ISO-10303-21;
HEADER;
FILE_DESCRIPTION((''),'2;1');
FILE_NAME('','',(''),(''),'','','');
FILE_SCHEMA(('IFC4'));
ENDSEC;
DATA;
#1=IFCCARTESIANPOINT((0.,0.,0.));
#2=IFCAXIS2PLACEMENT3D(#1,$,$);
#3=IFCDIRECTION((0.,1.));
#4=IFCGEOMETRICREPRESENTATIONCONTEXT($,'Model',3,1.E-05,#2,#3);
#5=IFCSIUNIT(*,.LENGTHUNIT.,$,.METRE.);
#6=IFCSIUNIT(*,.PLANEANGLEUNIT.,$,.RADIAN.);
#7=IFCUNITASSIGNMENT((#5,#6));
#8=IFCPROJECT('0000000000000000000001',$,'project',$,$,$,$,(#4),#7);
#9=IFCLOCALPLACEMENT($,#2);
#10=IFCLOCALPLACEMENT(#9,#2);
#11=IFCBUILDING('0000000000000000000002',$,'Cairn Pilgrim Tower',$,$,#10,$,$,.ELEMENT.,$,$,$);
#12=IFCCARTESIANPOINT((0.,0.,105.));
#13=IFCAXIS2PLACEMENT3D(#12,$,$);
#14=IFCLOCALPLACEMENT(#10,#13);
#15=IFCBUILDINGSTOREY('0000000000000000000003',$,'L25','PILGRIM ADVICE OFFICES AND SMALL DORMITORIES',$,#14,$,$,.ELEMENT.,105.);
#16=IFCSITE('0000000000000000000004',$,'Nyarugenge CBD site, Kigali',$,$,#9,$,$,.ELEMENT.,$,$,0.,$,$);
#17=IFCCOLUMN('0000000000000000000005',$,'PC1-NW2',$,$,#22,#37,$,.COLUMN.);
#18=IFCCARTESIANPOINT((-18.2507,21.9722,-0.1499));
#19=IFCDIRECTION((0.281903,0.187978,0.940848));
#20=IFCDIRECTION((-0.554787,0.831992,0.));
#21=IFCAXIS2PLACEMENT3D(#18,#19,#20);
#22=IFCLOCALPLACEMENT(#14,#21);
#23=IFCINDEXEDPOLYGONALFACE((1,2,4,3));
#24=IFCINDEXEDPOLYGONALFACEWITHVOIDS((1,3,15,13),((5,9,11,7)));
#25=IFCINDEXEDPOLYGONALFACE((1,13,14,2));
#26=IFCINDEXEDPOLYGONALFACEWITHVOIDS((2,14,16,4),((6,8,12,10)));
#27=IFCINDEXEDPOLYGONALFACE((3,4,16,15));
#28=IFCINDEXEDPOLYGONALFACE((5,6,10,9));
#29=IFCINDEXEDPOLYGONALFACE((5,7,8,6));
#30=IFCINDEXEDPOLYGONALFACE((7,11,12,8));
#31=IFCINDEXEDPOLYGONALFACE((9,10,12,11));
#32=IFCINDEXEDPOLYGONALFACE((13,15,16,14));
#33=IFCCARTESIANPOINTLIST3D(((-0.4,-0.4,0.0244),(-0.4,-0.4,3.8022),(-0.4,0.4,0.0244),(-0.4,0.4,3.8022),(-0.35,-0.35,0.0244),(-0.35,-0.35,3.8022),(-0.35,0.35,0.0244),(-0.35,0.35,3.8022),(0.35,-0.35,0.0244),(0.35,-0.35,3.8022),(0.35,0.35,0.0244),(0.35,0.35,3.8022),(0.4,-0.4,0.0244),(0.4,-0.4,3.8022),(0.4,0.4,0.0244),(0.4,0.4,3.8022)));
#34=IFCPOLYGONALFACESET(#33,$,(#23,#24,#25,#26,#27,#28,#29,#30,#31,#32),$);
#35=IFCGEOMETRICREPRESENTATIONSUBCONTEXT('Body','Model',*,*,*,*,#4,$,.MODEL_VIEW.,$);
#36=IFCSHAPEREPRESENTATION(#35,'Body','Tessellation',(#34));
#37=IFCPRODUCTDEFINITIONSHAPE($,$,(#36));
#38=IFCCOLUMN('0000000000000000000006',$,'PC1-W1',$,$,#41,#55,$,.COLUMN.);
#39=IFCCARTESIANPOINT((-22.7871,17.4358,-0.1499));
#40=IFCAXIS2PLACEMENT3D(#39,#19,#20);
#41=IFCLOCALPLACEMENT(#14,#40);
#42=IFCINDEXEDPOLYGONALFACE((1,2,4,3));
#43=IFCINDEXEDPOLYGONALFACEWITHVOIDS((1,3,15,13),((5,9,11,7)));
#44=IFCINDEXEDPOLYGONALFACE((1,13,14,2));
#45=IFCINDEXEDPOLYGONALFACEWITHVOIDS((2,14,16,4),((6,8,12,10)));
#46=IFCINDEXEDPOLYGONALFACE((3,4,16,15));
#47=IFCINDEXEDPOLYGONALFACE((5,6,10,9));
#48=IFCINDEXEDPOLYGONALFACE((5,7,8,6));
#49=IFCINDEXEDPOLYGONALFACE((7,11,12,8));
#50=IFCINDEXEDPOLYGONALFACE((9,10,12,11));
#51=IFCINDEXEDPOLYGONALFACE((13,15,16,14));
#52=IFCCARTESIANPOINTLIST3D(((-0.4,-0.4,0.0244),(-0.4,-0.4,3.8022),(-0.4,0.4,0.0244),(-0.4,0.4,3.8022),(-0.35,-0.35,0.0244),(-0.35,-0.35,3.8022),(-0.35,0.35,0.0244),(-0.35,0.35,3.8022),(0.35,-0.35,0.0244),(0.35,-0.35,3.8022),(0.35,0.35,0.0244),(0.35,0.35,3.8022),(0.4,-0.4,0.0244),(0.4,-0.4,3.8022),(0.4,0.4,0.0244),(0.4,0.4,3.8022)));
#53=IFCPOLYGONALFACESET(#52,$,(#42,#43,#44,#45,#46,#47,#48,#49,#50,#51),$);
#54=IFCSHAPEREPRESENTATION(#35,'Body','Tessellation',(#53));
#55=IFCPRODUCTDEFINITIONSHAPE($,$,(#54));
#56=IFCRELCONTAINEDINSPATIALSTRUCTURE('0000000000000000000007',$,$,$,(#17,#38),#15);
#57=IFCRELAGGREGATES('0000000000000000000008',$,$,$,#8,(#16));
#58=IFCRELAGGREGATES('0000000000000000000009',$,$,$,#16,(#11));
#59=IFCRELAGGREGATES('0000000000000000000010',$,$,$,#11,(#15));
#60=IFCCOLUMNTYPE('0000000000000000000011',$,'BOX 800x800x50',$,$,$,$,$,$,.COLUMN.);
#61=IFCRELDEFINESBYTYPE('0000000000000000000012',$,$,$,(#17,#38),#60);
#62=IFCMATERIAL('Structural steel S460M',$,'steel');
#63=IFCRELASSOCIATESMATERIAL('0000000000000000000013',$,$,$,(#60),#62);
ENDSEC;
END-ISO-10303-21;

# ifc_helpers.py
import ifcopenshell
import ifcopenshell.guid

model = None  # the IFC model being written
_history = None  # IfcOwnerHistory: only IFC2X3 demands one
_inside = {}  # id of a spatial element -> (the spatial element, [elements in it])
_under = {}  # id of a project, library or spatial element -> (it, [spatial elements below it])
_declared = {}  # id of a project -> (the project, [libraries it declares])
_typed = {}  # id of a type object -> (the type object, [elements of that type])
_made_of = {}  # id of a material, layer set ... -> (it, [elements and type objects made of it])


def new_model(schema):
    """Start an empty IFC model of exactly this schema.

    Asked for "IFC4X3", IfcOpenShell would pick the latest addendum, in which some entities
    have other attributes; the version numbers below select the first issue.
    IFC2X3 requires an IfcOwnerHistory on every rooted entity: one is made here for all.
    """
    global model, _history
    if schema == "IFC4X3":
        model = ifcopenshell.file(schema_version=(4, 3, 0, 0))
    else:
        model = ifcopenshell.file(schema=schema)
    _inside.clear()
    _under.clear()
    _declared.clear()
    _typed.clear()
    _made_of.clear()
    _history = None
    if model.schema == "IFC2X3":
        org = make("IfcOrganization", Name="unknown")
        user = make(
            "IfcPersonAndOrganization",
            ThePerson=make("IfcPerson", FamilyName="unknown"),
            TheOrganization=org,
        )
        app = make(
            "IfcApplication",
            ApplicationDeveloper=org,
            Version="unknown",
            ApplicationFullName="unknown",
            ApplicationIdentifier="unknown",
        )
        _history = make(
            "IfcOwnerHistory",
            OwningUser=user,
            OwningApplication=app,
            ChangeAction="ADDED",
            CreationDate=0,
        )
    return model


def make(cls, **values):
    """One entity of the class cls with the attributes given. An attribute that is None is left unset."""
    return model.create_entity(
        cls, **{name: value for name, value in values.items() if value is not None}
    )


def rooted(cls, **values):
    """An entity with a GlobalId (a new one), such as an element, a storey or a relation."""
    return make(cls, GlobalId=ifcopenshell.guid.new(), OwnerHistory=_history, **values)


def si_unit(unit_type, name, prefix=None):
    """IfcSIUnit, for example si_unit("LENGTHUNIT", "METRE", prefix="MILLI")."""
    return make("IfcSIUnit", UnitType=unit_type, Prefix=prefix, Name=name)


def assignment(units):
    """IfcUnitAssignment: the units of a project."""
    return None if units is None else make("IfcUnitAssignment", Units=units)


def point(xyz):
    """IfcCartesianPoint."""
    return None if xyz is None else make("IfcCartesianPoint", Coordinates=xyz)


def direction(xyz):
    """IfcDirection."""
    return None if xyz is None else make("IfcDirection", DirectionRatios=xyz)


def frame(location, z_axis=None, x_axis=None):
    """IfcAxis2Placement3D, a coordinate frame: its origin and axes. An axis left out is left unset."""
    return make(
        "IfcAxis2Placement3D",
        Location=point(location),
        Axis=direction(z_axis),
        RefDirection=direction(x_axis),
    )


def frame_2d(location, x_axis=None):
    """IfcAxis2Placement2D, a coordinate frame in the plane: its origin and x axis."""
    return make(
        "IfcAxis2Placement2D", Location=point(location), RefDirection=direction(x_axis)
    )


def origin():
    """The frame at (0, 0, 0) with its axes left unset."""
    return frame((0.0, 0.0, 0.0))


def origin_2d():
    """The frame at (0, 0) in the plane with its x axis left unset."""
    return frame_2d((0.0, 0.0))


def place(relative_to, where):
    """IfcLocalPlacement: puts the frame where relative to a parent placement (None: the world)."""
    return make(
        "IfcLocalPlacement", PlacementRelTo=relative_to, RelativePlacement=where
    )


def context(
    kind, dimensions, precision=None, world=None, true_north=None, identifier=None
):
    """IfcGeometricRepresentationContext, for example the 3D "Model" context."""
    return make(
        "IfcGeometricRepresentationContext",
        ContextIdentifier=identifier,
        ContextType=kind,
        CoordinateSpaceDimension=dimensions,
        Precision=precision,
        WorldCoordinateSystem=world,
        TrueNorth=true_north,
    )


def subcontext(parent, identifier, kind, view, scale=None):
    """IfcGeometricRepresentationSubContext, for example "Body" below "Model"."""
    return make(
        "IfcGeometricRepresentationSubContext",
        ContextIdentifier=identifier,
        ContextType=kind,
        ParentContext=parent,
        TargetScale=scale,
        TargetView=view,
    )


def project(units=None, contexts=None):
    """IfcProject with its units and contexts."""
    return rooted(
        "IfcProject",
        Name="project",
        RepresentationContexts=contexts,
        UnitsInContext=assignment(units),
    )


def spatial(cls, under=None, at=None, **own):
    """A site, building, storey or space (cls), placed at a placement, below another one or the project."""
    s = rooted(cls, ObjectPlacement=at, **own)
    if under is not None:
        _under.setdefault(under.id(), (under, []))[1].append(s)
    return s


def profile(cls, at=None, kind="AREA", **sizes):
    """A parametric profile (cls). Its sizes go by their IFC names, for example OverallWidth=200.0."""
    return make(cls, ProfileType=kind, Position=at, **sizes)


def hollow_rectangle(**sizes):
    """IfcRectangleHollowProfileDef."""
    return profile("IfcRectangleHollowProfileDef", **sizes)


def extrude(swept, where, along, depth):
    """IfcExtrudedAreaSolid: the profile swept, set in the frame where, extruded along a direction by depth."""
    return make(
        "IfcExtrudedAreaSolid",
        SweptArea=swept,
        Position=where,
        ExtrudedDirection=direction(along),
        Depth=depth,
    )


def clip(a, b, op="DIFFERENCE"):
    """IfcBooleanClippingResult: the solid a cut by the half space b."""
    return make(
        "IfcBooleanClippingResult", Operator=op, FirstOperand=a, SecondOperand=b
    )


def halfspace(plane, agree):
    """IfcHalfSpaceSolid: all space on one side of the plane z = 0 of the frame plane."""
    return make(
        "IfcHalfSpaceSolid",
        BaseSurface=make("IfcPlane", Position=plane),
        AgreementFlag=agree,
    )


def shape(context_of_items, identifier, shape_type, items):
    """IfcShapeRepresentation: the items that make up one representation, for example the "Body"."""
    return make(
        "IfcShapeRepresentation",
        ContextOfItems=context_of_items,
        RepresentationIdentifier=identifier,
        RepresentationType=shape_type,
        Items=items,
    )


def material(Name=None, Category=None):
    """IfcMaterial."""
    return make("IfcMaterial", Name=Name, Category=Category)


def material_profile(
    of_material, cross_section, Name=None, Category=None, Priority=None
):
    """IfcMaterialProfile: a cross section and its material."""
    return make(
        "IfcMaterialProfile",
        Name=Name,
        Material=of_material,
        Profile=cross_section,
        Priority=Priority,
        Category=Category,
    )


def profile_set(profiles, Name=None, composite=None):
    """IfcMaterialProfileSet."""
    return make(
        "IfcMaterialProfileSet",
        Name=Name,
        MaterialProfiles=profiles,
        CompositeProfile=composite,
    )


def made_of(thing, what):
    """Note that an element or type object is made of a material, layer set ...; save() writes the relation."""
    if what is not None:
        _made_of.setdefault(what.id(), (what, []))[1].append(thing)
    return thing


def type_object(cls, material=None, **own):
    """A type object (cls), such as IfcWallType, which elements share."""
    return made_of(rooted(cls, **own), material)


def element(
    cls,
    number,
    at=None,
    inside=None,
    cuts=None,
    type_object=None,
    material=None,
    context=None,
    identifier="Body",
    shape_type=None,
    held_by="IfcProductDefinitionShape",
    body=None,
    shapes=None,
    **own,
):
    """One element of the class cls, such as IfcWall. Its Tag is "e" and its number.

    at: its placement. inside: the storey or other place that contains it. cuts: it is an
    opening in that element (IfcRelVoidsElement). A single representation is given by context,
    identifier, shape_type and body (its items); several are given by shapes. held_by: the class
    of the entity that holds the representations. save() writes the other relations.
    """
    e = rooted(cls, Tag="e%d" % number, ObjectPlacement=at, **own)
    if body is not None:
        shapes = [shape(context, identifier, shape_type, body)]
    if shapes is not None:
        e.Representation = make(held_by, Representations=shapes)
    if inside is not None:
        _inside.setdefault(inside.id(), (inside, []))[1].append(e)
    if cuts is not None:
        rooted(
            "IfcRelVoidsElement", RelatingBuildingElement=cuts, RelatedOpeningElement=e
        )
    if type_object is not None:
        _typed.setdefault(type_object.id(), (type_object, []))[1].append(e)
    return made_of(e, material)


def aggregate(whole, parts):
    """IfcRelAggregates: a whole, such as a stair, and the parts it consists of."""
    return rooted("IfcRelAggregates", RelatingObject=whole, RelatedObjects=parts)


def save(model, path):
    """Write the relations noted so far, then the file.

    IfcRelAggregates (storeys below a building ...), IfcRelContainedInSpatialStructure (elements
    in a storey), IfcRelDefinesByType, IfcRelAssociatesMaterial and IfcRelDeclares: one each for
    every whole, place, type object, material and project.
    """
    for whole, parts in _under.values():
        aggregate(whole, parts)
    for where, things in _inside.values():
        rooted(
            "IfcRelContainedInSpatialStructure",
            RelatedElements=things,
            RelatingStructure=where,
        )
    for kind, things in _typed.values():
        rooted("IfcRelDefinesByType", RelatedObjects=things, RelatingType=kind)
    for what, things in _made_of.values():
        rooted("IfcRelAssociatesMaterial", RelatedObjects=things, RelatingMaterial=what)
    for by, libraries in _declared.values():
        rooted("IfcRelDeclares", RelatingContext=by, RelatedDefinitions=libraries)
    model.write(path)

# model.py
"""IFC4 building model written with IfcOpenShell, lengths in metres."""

from ifc_helpers import new_model, si_unit, direction, frame, origin, origin_2d, place, context, subcontext, project, spatial, hollow_rectangle, extrude, clip, halfspace, material, material_profile, profile_set, type_object, element, save


model = new_model("IFC4")

# Units and contexts
model_context = context("Model", 3, precision=1e-05, world=origin(), true_north=direction((0.0, 1.0)))
body_context = subcontext(model_context, "Body", "Model", "MODEL_VIEW")
ifc_project = project(units=[si_unit("LENGTHUNIT", "METRE"), si_unit("PLANEANGLEUNIT", "RADIAN")], contexts=[model_context])

# Site, building, storey
site_placement = place(None, origin())
site = spatial("IfcSite", under=ifc_project, at=site_placement, Name="Nyarugenge CBD site, Kigali", CompositionType="ELEMENT", RefElevation=0.0)
building_placement = place(site_placement, origin())
building = spatial("IfcBuilding", under=site, at=building_placement, Name="Cairn Pilgrim Tower", CompositionType="ELEMENT")
storey_placement = place(building_placement, frame((0.0, 0.0, 105.0)))
storey = spatial("IfcBuildingStorey", under=building, at=storey_placement, Name="L25", Description="PILGRIM ADVICE OFFICES AND SMALL DORMITORIES", CompositionType="ELEMENT", Elevation=105.0)

# Columns
ifc_material_1 = material(Name="Structural steel S460M", Category="steel")
ifc_material_profile_1 = material_profile(ifc_material_1, hollow_rectangle(XDim=0.8, YDim=0.8, WallThickness=0.05, at=origin_2d()), Name="BOX 800x800x50")
ifc_profile_set_1 = profile_set([ifc_material_profile_1], Name="Structural steel S460M")
column_type_1 = type_object("IfcColumnType", Name="BOX 800x800x50", PredefinedType="COLUMN", material=ifc_profile_set_1)
for number, where, z_axis, x_axis, name in (
    (1, (-18.2507, 21.9722, -0.1499), (0.281903, 0.187978, 0.940848), (-0.554787, 0.831992, 0.0), "PC1-NW2"),
    (2, (-22.7871, 17.4358, -0.1499), (0.281903, 0.187978, 0.940848), (-0.554787, 0.831992, 0.0), "PC1-W1"),
):
    element("IfcColumn", number, at=place(storey_placement, frame(where, z_axis=z_axis, x_axis=x_axis)), inside=storey, type_object=column_type_1, Name=name, PredefinedType="COLUMN", context=body_context, shape_type="Clipping", body=[
        clip(clip(extrude(hollow_rectangle(XDim=0.8, YDim=0.8, WallThickness=0.05, at=origin_2d()), origin(), (0.0, 0.0, 1.0), 3.8262), halfspace(frame((0.0, 0.0, 0.0244), z_axis=(0.0, 0.0, 1.0), x_axis=(1.0, 0.0, 0.0)), True)), halfspace(frame((0.0, 0.0, 3.8022), z_axis=(0.0, 0.0, 1.0), x_axis=(1.0, 0.0, 0.0)), False)),
    ])

save(model, "model.ifc")
